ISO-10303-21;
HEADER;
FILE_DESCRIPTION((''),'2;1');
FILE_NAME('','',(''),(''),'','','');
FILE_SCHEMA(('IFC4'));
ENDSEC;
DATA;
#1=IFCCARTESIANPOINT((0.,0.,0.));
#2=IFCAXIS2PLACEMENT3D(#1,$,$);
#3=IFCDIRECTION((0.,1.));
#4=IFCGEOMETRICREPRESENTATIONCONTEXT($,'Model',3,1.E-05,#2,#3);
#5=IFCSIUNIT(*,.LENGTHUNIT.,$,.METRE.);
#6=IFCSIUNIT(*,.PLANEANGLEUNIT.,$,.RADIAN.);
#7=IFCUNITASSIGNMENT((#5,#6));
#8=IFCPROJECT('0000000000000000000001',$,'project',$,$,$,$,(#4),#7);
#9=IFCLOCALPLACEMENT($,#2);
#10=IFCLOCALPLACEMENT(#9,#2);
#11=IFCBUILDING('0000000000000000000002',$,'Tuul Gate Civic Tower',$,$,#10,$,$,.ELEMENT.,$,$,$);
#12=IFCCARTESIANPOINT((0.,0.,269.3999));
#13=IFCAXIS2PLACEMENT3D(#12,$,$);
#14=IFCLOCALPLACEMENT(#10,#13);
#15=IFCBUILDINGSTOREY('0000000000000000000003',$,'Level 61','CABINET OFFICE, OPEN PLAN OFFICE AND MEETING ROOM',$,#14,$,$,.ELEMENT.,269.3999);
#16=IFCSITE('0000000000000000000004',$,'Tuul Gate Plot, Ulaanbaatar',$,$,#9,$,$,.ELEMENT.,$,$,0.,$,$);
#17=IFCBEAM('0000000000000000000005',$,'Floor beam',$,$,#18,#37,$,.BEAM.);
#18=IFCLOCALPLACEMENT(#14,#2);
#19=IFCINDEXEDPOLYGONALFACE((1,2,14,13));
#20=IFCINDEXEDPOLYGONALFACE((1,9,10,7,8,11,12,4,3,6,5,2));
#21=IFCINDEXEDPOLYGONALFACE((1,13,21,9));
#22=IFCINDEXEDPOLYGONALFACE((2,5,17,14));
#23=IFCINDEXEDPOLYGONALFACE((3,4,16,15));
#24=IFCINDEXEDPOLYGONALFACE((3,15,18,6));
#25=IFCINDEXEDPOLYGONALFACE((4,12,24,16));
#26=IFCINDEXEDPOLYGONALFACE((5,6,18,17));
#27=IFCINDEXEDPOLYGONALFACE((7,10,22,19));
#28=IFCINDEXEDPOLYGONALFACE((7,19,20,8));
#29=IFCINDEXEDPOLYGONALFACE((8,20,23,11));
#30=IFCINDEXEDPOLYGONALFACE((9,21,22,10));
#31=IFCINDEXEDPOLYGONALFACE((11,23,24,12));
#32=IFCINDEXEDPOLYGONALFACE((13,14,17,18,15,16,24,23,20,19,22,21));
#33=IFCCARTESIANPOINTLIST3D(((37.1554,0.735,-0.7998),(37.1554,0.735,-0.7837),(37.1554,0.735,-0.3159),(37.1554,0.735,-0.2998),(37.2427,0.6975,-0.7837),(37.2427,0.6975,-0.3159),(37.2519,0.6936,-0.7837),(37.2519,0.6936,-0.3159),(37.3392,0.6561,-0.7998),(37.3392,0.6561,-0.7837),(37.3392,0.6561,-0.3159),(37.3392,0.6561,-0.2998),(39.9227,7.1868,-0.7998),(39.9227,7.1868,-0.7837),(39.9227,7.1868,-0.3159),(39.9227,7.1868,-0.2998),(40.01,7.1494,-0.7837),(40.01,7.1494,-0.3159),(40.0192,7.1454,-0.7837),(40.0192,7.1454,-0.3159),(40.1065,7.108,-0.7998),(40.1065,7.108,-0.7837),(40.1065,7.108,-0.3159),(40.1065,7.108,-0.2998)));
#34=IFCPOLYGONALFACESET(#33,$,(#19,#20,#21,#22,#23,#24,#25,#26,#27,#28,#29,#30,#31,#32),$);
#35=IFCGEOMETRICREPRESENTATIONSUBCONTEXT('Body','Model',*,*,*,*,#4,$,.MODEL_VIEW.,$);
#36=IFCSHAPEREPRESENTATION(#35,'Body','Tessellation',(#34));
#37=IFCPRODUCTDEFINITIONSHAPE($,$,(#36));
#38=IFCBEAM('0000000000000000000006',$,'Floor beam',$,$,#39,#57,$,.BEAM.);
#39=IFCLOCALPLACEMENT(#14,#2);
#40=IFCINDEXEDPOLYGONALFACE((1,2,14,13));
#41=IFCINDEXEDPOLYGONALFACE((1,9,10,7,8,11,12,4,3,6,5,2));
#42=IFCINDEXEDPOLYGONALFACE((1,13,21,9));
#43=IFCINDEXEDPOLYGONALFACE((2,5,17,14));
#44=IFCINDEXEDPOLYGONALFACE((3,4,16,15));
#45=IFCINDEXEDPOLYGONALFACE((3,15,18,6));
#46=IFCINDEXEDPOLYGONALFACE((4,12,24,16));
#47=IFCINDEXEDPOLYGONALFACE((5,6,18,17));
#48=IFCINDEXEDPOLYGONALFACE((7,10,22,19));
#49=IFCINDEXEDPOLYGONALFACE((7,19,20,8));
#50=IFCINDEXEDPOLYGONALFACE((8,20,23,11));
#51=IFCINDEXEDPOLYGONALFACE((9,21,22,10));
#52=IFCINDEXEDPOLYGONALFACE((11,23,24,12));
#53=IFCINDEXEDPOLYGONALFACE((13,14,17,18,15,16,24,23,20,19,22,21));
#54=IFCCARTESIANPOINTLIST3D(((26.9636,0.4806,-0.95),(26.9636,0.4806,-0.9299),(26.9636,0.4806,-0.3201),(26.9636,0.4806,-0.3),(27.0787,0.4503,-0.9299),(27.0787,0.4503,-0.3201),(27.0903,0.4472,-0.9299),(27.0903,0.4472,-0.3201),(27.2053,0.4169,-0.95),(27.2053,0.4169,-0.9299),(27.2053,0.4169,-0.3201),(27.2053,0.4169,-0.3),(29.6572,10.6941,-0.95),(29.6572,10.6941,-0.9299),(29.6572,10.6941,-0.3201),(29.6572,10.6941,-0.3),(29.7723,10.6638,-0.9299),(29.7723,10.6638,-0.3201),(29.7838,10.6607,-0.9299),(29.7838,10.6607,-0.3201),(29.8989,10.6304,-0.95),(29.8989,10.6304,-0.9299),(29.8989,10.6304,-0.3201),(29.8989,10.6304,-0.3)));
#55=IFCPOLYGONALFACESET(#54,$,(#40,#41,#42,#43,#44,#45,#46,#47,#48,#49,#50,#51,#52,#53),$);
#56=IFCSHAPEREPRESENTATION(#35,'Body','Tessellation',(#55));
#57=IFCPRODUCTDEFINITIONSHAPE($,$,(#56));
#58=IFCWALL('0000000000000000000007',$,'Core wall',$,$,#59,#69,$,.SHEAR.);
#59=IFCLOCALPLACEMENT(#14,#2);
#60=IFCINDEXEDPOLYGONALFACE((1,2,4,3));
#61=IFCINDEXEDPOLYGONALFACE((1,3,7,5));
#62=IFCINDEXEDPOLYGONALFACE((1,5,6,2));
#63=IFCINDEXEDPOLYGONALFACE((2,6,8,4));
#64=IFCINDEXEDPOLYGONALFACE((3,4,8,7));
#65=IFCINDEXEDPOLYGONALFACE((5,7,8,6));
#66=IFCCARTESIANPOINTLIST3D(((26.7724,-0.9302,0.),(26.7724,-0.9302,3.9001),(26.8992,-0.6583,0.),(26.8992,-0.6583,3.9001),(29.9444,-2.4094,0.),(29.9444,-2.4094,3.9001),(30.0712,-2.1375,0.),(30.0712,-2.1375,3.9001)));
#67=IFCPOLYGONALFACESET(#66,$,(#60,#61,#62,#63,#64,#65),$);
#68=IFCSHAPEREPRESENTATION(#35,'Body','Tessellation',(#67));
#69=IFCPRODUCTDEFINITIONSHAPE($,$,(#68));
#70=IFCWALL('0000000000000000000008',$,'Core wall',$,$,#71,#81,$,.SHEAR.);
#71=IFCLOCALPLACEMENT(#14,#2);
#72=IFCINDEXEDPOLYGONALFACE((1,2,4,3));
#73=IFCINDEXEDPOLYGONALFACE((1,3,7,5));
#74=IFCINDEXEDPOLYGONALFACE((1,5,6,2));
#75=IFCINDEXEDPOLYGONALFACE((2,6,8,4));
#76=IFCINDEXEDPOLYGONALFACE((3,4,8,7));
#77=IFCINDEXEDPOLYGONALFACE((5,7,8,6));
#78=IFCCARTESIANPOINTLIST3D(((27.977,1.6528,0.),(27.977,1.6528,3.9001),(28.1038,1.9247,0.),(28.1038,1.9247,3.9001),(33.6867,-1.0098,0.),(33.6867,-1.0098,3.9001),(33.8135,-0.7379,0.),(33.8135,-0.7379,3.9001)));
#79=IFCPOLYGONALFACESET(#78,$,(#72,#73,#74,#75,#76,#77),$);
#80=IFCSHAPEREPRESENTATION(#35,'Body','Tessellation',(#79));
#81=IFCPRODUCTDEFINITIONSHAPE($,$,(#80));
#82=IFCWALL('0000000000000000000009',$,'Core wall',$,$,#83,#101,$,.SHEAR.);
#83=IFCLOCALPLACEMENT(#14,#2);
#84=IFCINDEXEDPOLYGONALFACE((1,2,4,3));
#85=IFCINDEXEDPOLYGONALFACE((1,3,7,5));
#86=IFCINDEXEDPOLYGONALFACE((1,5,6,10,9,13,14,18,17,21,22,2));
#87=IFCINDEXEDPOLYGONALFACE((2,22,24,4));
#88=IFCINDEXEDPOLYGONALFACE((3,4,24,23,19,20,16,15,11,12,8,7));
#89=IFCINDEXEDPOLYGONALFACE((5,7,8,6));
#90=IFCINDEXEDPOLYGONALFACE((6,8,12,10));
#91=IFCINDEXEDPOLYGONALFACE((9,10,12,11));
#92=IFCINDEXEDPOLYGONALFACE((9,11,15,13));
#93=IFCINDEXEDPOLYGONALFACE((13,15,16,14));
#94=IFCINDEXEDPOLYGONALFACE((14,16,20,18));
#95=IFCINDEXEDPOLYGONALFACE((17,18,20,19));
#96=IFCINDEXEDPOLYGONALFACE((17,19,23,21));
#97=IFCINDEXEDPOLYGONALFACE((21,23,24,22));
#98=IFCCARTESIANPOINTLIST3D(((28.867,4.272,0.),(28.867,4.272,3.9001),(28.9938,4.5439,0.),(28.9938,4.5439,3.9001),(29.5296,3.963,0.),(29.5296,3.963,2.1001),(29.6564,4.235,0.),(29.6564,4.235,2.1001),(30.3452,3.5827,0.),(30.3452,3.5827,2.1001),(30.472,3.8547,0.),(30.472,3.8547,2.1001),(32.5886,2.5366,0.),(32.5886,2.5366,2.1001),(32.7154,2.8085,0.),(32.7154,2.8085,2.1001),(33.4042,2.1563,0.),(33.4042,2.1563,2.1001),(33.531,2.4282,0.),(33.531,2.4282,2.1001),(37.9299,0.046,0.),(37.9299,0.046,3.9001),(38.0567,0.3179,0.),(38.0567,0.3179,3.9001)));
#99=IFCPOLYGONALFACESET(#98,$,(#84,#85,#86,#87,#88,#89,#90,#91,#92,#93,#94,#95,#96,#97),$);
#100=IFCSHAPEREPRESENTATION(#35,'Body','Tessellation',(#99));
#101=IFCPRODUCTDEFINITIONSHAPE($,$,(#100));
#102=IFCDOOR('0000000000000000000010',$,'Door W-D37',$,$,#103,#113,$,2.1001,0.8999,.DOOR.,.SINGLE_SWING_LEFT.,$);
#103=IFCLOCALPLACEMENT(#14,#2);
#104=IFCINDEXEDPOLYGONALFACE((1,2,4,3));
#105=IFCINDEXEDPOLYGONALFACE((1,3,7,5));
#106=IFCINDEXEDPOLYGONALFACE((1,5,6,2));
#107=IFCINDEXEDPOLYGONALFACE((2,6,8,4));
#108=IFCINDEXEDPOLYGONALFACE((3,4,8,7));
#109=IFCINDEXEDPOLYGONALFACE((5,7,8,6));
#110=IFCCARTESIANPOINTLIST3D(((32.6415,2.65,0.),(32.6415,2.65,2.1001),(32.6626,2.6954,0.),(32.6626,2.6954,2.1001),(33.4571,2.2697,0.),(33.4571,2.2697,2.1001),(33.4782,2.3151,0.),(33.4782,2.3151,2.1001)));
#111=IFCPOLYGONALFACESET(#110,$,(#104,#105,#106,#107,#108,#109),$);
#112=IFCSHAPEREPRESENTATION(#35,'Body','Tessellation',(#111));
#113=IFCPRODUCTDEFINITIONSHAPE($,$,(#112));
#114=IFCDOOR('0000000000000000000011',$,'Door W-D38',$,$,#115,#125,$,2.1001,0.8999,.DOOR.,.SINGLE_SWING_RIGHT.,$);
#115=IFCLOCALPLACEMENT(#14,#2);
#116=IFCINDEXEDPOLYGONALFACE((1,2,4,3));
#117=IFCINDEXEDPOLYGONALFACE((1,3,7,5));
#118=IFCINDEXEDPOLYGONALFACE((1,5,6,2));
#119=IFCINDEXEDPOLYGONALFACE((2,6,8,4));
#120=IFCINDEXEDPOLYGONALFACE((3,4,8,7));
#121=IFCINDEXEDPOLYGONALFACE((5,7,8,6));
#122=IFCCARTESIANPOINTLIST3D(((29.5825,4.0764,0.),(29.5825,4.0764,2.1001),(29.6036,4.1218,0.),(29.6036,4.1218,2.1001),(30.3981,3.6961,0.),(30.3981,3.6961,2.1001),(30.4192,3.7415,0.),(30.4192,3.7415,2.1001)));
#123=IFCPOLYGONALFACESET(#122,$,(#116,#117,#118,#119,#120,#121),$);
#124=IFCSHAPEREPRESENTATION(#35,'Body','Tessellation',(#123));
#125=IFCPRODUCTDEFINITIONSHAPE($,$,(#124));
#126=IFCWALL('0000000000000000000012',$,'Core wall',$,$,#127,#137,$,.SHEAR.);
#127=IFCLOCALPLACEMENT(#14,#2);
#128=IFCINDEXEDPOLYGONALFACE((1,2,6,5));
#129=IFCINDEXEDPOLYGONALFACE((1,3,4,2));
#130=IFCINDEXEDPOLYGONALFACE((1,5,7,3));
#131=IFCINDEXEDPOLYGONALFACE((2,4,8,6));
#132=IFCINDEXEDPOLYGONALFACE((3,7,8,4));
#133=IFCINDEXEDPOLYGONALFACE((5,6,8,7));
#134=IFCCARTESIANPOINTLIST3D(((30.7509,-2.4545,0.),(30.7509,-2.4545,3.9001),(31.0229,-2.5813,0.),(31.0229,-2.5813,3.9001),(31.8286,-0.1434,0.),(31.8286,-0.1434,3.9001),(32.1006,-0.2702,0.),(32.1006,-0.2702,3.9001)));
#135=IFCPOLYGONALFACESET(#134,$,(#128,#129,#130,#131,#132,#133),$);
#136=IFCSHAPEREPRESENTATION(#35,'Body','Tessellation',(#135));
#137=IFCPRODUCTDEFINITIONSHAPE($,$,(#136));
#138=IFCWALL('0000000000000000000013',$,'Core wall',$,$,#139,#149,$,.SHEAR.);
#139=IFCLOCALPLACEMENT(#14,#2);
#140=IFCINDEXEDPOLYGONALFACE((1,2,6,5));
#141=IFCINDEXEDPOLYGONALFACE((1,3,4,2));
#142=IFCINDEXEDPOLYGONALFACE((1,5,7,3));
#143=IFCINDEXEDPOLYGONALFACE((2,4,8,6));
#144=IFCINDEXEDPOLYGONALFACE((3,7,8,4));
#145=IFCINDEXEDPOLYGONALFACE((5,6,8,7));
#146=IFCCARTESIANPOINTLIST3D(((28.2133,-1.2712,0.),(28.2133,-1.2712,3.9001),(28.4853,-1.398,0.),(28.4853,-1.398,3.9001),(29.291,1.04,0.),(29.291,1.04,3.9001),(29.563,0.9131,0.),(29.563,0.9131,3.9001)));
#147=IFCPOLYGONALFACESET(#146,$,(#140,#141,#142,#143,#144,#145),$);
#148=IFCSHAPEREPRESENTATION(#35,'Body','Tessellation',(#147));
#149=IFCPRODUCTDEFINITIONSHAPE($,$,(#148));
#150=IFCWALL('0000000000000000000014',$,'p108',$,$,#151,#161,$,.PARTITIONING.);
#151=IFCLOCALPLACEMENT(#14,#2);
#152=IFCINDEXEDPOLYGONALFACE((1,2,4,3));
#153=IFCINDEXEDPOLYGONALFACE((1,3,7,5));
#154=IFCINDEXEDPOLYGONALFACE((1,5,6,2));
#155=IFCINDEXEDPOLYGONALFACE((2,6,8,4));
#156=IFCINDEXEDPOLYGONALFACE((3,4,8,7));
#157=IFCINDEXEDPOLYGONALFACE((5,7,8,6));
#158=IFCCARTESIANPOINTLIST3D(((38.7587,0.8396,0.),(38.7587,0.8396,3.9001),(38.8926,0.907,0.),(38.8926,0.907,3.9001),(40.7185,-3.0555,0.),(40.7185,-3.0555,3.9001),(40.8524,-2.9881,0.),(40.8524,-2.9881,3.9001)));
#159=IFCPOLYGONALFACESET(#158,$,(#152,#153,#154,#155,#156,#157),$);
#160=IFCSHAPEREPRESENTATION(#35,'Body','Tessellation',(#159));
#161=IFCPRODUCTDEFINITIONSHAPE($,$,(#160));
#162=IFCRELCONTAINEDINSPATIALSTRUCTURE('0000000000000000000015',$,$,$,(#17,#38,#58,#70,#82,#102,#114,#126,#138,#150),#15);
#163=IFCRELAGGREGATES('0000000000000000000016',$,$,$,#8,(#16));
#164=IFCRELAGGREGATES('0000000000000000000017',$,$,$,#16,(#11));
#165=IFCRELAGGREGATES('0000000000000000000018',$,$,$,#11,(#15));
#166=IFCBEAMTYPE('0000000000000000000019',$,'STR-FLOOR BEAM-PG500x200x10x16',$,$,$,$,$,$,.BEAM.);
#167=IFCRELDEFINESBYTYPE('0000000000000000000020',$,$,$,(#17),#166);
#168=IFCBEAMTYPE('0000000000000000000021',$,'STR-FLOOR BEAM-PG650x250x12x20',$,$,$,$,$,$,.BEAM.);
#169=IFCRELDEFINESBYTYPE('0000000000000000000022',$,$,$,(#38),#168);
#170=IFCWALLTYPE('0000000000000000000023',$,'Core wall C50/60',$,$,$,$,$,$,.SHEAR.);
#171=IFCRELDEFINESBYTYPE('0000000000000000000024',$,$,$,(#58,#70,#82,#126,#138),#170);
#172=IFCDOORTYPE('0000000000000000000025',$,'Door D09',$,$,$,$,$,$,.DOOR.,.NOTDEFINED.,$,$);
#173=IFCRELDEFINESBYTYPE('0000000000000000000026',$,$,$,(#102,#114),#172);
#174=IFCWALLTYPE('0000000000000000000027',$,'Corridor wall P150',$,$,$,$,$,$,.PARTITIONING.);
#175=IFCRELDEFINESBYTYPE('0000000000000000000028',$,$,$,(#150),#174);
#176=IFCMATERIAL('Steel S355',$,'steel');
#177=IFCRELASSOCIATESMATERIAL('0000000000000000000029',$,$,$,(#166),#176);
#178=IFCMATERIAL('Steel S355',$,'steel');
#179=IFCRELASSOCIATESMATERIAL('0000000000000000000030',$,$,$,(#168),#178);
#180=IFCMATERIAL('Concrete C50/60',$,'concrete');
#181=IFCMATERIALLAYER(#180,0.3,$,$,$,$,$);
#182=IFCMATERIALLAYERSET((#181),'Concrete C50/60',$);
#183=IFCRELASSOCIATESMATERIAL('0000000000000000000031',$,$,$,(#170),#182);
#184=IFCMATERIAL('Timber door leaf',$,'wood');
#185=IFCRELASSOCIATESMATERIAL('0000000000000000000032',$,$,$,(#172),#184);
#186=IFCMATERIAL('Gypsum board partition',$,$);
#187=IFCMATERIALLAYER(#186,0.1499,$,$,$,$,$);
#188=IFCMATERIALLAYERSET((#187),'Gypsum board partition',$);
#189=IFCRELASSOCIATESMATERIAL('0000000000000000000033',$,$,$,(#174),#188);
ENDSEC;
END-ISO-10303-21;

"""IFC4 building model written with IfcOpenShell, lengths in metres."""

from ifc_helpers import new_model, si_unit, direction, frame, frame_2d, origin, origin_2d, place, context, subcontext, project, spatial, rectangle, i_section, extrude, material, layer, layer_set, material_profile, profile_set, type_object, element, fill, save


model = new_model("IFC4")

# Units and contexts
model_context = context("Model", 3, precision=1e-05, world=origin(), true_north=direction((0.0, 1.0)))
body_context = subcontext(model_context, "Body", "Model", "MODEL_VIEW")
ifc_project = project(units=[si_unit("LENGTHUNIT", "METRE"), si_unit("PLANEANGLEUNIT", "RADIAN")], contexts=[model_context])

# Site, building, storey
site_placement = place(None, origin())
site = spatial("IfcSite", under=ifc_project, at=site_placement, Name="Tuul Gate Plot, Ulaanbaatar", CompositionType="ELEMENT", RefElevation=0.0)
building_placement = place(site_placement, origin())
building = spatial("IfcBuilding", under=site, at=building_placement, Name="Tuul Gate Civic Tower", CompositionType="ELEMENT")
storey_placement = place(building_placement, frame((0.0, 0.0, 269.3999)))
storey = spatial("IfcBuildingStorey", under=building, at=storey_placement, Name="Level 61", Description="CABINET OFFICE, OPEN PLAN OFFICE AND MEETING ROOM", CompositionType="ELEMENT", Elevation=269.3999)

# Beams
ifc_material_1 = material(Name="Steel S355", Category="steel")
ifc_material_profile_1 = material_profile(ifc_material_1, i_section(OverallWidth=0.2, OverallDepth=0.5, WebThickness=0.01, FlangeThickness=0.0161, at=origin_2d()), Name="PG500x200x10x16")
ifc_profile_set_1 = profile_set([ifc_material_profile_1], Name="Steel S355")
beam_type_1 = type_object("IfcBeamType", Name="STR-FLOOR BEAM-PG500x200x10x16", PredefinedType="BEAM", material=ifc_profile_set_1)
beam_1_placement = place(storey_placement, frame((37.2473, 0.6956, -0.5498), z_axis=(0.394188, 0.91903, 0.0), x_axis=(-0.91903, 0.394188, 0.0)))
element("IfcBeam", 1, at=beam_1_placement, inside=storey, type_object=beam_type_1, Name="Floor beam", PredefinedType="BEAM", context=body_context, shape_type="SweptSolid", body=[
    extrude(i_section(OverallWidth=0.2, OverallDepth=0.5, WebThickness=0.01, FlangeThickness=0.0161, at=origin_2d()), origin(), (0.0, 0.0, 1.0), 7.0203),
])
ifc_material_2 = material(Name="Steel S355", Category="steel")
ifc_material_profile_2 = material_profile(ifc_material_2, i_section(OverallWidth=0.25, OverallDepth=0.6499, WebThickness=0.012, FlangeThickness=0.02, at=origin_2d()), Name="PG650x250x12x20")
ifc_profile_set_2 = profile_set([ifc_material_profile_2], Name="Steel S355")
beam_type_2 = type_object("IfcBeamType", Name="STR-FLOOR BEAM-PG650x250x12x20", PredefinedType="BEAM", material=ifc_profile_set_2)
beam_2_placement = place(storey_placement, frame((27.0845, 0.4487, -0.625), z_axis=(0.255008, 0.966939, 0.0), x_axis=(-0.966939, 0.255008, 0.0)))
element("IfcBeam", 2, at=beam_2_placement, inside=storey, type_object=beam_type_2, Name="Floor beam", PredefinedType="BEAM", context=body_context, shape_type="SweptSolid", body=[
    extrude(i_section(OverallWidth=0.25, OverallDepth=0.6499, WebThickness=0.012, FlangeThickness=0.02, at=origin_2d()), origin(), (0.0, 0.0, 1.0), 10.5627),
])

# Walls
ifc_material_3 = material(Name="Concrete C50/60", Category="concrete")
ifc_layer_1 = layer(ifc_material_3, 0.3)
ifc_layer_set_1 = layer_set([ifc_layer_1], Name="Concrete C50/60")
wall_type_1 = type_object("IfcWallType", Name="Core wall C50/60", PredefinedType="SHEAR", material=ifc_layer_set_1)
wall_1_placement = place(storey_placement, frame((30.0078, -2.2734, 0.0), z_axis=(0.0, 0.0, 1.0), x_axis=(-0.906301, 0.422633, 0.0)))
element("IfcWall", 3, at=wall_1_placement, inside=storey, type_object=wall_type_1, Name="Core wall", PredefinedType="SHEAR", context=body_context, shape_type="SweptSolid", body=[
    extrude(rectangle(XDim=3.5, YDim=0.3, at=frame_2d((1.75, 0.0))), origin(), (0.0, 0.0, 1.0), 3.9001),
])
wall_2_placement = place(storey_placement, frame((33.75, -0.8738, 0.0), z_axis=(0.0, 0.0, 1.0), x_axis=(-0.906301, 0.422633, 0.0)))
element("IfcWall", 4, at=wall_2_placement, inside=storey, type_object=wall_type_1, Name="Core wall", PredefinedType="SHEAR", context=body_context, shape_type="SweptSolid", body=[
    extrude(rectangle(XDim=6.3, YDim=0.3, at=frame_2d((3.1499, 0.0))), origin(), (0.0, 0.0, 1.0), 3.9001),
])

# Wall, openings, doors
wall_3_placement = place(storey_placement, frame((37.9934, 0.1819, 0.0), z_axis=(0.0, 0.0, 1.0), x_axis=(-0.90631, 0.422613, 0.0)))
wall_3 = element("IfcWall", 5, at=wall_3_placement, inside=storey, type_object=wall_type_1, Name="Core wall", PredefinedType="SHEAR", context=body_context, shape_type="SweptSolid", body=[
    extrude(rectangle(XDim=9.9998, YDim=0.3, at=frame_2d((5.0, 0.0))), origin(), (0.0, 0.0, 1.0), 3.9001),
])
opening_1_placement = place(wall_3_placement, frame((4.9937, 0.0, 0.0)))
opening_1 = element("IfcOpeningElement", 6, at=opening_1_placement, cuts=wall_3, PredefinedType="OPENING", context=body_context, shape_type="SweptSolid", body=[
    extrude(rectangle(XDim=0.8999, YDim=2.1001, at=frame_2d((0.45, 1.05))), frame((0.0, 0.1602, 0.0), z_axis=(0.0, -1.0, 0.0), x_axis=(1.0, 0.0, 0.0)), (0.0, 0.0, 1.0), 0.3201),
])
opening_2_placement = place(wall_3_placement, frame((8.3689, 0.0, 0.0)))
opening_2 = element("IfcOpeningElement", 7, at=opening_2_placement, cuts=wall_3, PredefinedType="OPENING", context=body_context, shape_type="SweptSolid", body=[
    extrude(rectangle(XDim=0.8999, YDim=2.1001, at=frame_2d((0.45, 1.05))), frame((0.0, 0.1602, 0.0), z_axis=(0.0, -1.0, 0.0), x_axis=(1.0, 0.0, 0.0)), (0.0, 0.0, 1.0), 0.3201),
])
ifc_material_4 = material(Name="Timber door leaf", Category="wood")
door_type_1 = type_object("IfcDoorType", Name="Door D09", OperationType="NOTDEFINED", PredefinedType="DOOR", material=ifc_material_4)
door_1_placement = place(opening_1_placement, origin())
door_1 = element("IfcDoor", 8, at=door_1_placement, inside=storey, type_object=door_type_1, Name="Door W-D37", OperationType="SINGLE_SWING_LEFT", OverallHeight=2.1001, OverallWidth=0.8999, PredefinedType="DOOR", context=body_context, shape_type="SweptSolid", body=[
    extrude(rectangle(XDim=0.8999, YDim=2.1001, at=frame_2d((0.45, 1.05))), frame((0.0, 0.0249, 0.0), z_axis=(0.0, -1.0, 0.0), x_axis=(1.0, 0.0, 0.0)), (0.0, 0.0, 1.0), 0.05),
])
fill(opening_1, door_1)
door_2_placement = place(opening_2_placement, origin())
door_2 = element("IfcDoor", 9, at=door_2_placement, inside=storey, type_object=door_type_1, Name="Door W-D38", OperationType="SINGLE_SWING_RIGHT", OverallHeight=2.1001, OverallWidth=0.8999, PredefinedType="DOOR", context=body_context, shape_type="SweptSolid", body=[
    extrude(rectangle(XDim=0.8999, YDim=2.1001, at=frame_2d((0.45, 1.05))), frame((0.0, 0.0249, 0.0), z_axis=(0.0, -1.0, 0.0), x_axis=(1.0, 0.0, 0.0)), (0.0, 0.0, 1.0), 0.05),
])
fill(opening_2, door_2)

# Walls
for number, where, z_axis, x_axis, name in (
    (10, (30.887, -2.5178, 0.0), (0.0, 0.0, 1.0), (0.422613, 0.90631, 0.0), "Core wall"),
    (11, (28.3494, -1.3345, 0.0), (0.0, 0.0, 1.0), (0.422613, 0.90631, 0.0), "Core wall"),
):
    element("IfcWall", number, at=place(storey_placement, frame(where, z_axis=z_axis, x_axis=x_axis)), inside=storey, type_object=wall_type_1, Name=name, PredefinedType="SHEAR", context=body_context, shape_type="SweptSolid", body=[
        extrude(rectangle(XDim=2.55, YDim=0.3, at=frame_2d((1.2749, 0.0))), origin(), (0.0, 0.0, 1.0), 3.9001),
    ])
ifc_material_5 = material(Name="Gypsum board partition")
ifc_layer_2 = layer(ifc_material_5, 0.1499)
ifc_layer_set_2 = layer_set([ifc_layer_2], Name="Gypsum board partition")
wall_type_2 = type_object("IfcWallType", Name="Corridor wall P150", PredefinedType="PARTITIONING", material=ifc_layer_set_2)
wall_4_placement = place(storey_placement, frame((38.8257, 0.8733, 0.0), z_axis=(0.0, 0.0, 1.0), x_axis=(0.449452, -0.893305, 0.0)))
element("IfcWall", 12, at=wall_4_placement, inside=storey, type_object=wall_type_2, Name="p108", PredefinedType="PARTITIONING", context=body_context, shape_type="SweptSolid", body=[
    extrude(rectangle(XDim=4.3604, YDim=0.1499, at=frame_2d((2.1802, 0.0))), origin(), (0.0, 0.0, 1.0), 3.9001),
])

save(model, "model.ifc")
